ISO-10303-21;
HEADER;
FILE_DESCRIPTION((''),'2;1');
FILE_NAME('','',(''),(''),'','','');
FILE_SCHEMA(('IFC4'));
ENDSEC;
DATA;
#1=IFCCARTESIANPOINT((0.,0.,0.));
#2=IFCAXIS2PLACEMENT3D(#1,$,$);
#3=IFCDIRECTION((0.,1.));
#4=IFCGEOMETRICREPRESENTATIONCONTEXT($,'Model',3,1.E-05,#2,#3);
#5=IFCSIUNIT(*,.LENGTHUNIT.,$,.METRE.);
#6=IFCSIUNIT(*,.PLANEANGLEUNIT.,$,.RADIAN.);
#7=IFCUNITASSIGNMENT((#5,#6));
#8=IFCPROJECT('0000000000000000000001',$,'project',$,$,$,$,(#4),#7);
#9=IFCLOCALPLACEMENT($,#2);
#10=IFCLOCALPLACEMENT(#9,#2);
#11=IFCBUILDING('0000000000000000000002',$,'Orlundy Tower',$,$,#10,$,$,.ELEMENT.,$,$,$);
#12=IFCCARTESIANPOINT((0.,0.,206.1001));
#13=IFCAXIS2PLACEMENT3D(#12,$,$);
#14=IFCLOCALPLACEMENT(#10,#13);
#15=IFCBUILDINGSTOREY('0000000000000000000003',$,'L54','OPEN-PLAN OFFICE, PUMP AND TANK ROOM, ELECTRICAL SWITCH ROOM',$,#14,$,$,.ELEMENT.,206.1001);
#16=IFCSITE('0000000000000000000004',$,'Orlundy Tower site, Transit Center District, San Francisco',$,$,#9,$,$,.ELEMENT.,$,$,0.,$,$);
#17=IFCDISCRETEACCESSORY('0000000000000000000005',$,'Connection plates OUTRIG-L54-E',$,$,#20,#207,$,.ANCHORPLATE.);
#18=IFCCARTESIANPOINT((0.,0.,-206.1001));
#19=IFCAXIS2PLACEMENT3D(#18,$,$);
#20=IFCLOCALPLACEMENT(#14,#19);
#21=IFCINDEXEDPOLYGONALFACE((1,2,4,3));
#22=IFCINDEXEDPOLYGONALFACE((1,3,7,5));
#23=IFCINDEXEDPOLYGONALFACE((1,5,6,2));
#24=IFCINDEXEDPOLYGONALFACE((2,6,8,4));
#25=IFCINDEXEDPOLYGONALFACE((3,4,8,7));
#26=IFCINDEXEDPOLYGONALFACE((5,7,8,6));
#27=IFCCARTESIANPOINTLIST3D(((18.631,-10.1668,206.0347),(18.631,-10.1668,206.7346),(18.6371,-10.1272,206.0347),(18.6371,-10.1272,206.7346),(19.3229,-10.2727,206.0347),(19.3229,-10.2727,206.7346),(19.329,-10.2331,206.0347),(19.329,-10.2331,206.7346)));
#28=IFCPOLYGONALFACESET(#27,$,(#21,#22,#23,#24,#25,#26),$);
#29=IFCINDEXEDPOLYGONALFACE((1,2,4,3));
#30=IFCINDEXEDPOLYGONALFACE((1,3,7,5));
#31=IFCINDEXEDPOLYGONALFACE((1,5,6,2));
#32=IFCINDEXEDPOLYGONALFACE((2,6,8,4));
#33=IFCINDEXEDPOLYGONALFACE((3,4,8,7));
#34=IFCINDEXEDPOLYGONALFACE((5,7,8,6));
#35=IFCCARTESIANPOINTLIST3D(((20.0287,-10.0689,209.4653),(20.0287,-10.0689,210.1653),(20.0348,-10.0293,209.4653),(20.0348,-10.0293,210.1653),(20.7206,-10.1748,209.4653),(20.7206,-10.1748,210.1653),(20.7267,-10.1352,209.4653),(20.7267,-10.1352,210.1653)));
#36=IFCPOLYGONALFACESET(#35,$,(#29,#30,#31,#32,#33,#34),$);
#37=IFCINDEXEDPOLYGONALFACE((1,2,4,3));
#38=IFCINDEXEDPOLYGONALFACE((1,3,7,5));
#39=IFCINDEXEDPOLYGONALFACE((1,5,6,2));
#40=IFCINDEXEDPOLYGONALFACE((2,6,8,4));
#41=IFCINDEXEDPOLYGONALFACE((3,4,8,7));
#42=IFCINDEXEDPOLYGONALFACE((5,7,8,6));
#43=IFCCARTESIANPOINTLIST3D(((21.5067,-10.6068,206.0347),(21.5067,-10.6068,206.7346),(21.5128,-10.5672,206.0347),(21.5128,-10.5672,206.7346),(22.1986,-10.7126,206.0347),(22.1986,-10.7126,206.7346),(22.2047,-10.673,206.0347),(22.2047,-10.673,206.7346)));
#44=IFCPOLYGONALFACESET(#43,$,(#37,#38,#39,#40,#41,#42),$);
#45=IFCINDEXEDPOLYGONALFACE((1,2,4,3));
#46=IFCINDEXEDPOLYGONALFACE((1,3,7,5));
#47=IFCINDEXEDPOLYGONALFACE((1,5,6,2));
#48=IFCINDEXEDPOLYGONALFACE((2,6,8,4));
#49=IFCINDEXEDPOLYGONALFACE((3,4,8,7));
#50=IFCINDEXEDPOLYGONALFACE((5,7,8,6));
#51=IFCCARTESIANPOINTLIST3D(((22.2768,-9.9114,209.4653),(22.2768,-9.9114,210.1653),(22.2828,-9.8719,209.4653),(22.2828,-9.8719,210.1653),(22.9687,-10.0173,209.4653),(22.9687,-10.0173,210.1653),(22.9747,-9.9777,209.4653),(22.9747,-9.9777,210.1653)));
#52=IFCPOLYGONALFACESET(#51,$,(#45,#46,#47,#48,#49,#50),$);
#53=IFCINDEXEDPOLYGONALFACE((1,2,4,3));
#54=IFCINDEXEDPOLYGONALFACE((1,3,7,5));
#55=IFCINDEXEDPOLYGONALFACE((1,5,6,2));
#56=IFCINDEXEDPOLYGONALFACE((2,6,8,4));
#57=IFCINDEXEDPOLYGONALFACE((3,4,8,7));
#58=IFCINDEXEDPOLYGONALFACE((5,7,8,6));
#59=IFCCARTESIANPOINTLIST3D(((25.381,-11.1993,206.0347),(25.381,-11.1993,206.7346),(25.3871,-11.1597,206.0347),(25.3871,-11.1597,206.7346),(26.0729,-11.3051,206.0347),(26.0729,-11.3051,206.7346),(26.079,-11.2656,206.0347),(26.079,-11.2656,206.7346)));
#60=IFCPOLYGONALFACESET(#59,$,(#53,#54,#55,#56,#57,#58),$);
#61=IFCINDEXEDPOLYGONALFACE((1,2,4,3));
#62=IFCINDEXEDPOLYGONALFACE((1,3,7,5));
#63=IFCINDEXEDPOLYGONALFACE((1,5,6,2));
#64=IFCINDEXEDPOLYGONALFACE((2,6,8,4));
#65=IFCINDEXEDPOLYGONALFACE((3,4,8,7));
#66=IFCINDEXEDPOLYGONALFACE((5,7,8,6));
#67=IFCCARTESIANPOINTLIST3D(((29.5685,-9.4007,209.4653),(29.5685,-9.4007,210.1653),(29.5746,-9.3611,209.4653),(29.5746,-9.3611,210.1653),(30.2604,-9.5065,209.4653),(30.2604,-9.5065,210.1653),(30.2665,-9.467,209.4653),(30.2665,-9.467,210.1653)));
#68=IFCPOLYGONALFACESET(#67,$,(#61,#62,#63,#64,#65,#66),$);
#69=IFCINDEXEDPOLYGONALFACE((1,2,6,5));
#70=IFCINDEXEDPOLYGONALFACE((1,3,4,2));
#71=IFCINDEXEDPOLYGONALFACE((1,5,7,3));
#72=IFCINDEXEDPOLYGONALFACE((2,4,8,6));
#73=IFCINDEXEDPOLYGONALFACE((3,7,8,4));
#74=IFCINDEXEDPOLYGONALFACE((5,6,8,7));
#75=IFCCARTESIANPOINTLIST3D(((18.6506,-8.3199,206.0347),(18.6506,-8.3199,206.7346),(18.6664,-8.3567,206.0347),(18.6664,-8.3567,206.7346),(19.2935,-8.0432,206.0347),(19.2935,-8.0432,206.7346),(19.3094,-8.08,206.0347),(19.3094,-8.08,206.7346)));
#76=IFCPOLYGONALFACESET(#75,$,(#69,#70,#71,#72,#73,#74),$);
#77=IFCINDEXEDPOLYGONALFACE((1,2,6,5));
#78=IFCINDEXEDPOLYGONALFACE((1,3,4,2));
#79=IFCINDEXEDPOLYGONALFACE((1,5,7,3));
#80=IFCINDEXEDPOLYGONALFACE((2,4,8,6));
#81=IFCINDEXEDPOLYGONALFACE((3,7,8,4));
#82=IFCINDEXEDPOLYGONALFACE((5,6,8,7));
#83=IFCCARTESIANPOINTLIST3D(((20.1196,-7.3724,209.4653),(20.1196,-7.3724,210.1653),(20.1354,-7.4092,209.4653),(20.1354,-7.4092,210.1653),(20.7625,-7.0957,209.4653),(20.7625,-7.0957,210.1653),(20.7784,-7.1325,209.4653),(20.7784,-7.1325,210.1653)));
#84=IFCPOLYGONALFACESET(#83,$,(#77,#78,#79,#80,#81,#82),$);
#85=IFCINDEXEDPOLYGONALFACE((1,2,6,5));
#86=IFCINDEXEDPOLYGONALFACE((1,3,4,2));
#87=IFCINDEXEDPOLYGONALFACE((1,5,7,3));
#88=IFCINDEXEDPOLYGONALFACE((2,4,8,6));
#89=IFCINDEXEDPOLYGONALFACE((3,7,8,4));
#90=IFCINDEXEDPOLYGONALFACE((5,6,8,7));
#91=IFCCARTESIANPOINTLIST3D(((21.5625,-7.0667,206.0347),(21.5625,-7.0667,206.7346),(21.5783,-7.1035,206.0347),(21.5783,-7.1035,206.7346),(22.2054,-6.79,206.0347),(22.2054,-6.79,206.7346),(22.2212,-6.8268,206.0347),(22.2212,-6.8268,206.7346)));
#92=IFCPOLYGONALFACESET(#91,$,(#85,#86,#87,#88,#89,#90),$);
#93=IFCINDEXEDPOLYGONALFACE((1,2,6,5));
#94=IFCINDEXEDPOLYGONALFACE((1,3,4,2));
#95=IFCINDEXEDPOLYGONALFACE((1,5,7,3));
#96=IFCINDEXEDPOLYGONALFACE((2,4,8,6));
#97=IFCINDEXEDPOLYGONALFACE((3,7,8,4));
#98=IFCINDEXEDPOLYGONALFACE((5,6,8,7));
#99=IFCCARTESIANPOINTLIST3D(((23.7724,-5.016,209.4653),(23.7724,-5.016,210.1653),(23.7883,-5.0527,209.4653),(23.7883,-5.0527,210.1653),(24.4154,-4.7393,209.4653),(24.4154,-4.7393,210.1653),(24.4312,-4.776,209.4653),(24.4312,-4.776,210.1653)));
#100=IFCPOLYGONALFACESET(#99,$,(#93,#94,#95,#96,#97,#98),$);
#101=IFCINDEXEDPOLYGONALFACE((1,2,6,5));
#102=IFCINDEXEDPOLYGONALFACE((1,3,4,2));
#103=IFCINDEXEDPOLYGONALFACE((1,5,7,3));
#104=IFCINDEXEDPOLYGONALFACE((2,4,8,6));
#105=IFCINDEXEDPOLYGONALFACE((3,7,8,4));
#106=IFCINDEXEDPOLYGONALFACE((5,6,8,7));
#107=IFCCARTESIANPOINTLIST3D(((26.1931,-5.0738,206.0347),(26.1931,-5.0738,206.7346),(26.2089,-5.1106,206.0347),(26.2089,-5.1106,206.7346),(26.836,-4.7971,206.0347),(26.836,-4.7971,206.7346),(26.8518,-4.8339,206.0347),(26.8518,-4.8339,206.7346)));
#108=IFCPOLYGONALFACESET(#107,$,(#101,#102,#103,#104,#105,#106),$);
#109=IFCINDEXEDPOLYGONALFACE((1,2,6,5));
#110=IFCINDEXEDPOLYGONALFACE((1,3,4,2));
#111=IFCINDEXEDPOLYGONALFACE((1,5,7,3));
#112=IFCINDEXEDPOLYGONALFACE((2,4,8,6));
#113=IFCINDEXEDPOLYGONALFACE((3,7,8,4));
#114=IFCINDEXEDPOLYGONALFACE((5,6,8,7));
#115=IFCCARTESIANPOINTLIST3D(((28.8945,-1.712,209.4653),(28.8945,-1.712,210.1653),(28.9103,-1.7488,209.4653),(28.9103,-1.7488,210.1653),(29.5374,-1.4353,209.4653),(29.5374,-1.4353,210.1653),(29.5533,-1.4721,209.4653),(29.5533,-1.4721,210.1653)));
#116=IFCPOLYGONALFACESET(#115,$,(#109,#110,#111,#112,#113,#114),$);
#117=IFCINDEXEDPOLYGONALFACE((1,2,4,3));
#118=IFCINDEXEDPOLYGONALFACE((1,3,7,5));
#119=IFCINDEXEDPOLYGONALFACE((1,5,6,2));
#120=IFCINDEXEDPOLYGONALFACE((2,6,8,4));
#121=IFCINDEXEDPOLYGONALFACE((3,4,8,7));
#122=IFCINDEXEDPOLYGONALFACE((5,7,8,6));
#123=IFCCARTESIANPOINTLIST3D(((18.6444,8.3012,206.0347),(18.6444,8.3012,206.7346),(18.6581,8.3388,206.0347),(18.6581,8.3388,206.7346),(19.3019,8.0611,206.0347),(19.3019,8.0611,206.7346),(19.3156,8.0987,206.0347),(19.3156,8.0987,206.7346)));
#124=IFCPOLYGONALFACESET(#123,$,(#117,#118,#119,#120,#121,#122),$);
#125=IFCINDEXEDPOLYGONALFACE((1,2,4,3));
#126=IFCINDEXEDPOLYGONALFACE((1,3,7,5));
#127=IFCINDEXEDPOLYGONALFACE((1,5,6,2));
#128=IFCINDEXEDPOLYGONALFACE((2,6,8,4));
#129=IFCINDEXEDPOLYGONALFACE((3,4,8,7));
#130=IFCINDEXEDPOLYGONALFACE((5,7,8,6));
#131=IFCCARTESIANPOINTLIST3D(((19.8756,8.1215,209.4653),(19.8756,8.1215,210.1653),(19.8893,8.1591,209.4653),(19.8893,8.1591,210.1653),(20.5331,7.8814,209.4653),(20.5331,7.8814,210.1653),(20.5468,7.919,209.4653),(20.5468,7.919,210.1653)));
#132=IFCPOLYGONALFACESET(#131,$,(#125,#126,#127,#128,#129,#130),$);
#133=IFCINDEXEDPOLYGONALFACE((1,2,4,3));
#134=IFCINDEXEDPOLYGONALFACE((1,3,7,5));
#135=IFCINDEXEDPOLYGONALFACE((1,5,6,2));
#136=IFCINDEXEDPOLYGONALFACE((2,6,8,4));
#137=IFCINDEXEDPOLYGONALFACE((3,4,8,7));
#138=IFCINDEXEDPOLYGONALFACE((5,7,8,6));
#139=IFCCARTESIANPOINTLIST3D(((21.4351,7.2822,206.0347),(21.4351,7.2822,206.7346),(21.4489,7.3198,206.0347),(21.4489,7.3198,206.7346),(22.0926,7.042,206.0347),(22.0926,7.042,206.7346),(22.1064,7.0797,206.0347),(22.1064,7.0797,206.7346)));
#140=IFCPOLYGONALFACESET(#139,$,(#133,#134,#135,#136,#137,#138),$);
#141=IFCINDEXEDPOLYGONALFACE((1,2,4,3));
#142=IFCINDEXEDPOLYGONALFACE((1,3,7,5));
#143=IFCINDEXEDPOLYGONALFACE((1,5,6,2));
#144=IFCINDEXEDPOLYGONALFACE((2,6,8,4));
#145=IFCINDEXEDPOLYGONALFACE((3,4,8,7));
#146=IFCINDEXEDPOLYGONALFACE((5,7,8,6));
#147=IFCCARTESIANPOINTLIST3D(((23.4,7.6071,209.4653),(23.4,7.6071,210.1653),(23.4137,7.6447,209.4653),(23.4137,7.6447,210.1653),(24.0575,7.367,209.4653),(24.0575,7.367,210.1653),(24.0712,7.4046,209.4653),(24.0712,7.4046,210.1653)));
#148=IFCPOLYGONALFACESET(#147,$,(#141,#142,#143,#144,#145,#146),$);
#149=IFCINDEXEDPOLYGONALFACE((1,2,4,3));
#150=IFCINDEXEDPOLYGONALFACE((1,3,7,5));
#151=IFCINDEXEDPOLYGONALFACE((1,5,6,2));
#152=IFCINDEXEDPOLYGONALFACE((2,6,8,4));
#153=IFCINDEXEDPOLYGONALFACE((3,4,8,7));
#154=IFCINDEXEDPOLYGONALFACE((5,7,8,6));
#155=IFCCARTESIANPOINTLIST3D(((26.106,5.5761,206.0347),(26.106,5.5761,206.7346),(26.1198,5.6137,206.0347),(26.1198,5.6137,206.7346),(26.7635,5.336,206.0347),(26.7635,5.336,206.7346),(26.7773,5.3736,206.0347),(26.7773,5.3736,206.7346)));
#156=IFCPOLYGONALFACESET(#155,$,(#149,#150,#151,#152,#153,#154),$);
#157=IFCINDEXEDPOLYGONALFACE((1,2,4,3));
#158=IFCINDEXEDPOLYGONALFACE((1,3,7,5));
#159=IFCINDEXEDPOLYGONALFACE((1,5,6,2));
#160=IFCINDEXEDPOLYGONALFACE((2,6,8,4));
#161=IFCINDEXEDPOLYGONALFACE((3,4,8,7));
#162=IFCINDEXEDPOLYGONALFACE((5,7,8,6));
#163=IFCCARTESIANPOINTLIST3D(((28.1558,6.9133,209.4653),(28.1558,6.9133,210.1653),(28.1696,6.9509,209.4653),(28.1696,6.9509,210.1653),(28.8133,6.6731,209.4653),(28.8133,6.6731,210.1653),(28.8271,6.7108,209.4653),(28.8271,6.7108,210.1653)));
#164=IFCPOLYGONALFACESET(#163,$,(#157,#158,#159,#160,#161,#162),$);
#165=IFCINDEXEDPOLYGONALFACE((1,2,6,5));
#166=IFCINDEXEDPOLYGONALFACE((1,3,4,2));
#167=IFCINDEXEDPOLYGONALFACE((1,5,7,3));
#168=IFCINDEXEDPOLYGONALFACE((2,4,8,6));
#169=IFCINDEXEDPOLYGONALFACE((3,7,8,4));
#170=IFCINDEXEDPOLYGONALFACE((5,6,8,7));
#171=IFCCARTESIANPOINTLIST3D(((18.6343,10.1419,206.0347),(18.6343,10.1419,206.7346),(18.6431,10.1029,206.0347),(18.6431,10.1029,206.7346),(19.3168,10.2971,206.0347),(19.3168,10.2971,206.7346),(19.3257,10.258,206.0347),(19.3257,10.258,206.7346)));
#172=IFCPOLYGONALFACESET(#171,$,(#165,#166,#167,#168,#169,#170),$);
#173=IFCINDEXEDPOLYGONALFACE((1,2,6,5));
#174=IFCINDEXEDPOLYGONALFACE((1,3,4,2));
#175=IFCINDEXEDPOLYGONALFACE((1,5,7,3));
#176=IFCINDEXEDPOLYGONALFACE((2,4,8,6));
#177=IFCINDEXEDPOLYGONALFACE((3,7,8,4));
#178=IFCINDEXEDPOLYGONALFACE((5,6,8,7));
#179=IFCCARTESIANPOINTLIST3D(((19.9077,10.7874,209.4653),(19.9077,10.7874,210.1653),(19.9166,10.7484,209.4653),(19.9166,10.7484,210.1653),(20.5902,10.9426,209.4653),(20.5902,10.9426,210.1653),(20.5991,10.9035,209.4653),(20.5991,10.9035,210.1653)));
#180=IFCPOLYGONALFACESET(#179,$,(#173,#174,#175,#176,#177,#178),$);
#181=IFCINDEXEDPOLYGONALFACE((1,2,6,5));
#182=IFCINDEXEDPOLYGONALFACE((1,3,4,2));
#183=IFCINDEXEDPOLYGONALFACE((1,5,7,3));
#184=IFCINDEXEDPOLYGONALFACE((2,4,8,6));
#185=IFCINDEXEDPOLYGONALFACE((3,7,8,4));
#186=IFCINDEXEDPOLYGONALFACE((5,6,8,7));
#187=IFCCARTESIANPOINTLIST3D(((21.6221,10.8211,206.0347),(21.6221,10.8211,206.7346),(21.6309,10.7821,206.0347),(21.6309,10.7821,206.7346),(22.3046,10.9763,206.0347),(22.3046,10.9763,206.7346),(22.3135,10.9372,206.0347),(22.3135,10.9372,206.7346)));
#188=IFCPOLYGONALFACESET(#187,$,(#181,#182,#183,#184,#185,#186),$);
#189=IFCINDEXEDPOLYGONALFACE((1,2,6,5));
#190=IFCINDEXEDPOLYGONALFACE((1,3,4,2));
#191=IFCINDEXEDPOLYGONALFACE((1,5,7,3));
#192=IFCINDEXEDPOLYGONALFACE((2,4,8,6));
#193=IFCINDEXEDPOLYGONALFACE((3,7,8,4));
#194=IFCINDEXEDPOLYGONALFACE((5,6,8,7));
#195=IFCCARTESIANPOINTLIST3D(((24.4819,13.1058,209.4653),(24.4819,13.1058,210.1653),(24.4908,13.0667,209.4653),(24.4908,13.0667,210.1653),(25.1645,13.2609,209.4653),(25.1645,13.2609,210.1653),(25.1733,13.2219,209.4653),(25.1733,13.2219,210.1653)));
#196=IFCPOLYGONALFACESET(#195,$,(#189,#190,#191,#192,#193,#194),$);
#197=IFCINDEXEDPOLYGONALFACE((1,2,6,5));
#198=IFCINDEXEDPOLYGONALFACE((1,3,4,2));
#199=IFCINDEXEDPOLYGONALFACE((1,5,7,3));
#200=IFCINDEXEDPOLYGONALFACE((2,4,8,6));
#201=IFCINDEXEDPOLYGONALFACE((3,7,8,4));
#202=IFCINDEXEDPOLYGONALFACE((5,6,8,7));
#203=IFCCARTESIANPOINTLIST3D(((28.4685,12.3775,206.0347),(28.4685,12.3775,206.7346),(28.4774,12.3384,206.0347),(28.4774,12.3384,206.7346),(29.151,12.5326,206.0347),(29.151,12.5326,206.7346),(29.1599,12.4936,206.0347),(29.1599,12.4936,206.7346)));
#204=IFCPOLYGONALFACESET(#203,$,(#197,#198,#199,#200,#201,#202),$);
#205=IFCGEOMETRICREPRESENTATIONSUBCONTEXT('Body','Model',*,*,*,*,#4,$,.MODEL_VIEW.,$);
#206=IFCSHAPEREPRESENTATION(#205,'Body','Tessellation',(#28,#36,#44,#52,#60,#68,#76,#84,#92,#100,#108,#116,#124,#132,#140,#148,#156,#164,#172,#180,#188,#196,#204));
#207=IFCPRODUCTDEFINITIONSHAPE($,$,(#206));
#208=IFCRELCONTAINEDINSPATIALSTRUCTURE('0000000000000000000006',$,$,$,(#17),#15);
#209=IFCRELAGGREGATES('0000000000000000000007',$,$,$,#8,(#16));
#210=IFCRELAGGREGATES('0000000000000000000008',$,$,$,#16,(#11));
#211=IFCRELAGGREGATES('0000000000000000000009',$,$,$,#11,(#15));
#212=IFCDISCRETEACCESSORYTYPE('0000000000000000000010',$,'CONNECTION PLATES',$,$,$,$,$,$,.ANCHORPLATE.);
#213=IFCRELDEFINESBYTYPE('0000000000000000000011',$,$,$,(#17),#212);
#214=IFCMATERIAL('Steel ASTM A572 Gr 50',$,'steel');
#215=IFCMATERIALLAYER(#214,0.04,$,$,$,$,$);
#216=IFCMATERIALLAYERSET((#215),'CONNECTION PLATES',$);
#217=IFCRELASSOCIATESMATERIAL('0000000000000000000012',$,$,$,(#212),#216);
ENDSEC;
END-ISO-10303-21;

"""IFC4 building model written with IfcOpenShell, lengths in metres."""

from ifc_helpers import new_model, si_unit, direction, frame, origin, origin_2d, place, context, subcontext, project, spatial, rectangle, extrude, material, layer, layer_set, type_object, element, save


model = new_model("IFC4")

# Units and contexts
model_context = context("Model", 3, precision=1e-05, world=origin(), true_north=direction((0.0, 1.0)))
body_context = subcontext(model_context, "Body", "Model", "MODEL_VIEW")
ifc_project = project(units=[si_unit("LENGTHUNIT", "METRE"), si_unit("PLANEANGLEUNIT", "RADIAN")], contexts=[model_context])

# Site, building, storey
site_placement = place(None, origin())
site = spatial("IfcSite", under=ifc_project, at=site_placement, Name="Orlundy Tower site, Transit Center District, San Francisco", CompositionType="ELEMENT", RefElevation=0.0)
building_placement = place(site_placement, origin())
building = spatial("IfcBuilding", under=site, at=building_placement, Name="Orlundy Tower", CompositionType="ELEMENT")
storey_placement = place(building_placement, frame((0.0, 0.0, 206.1001)))
storey = spatial("IfcBuildingStorey", under=building, at=storey_placement, Name="L54", Description="OPEN-PLAN OFFICE, PUMP AND TANK ROOM, ELECTRICAL SWITCH ROOM", CompositionType="ELEMENT", Elevation=206.1001)

# Discrete accessory
ifc_material_1 = material(Name="Steel ASTM A572 Gr 50", Category="steel")
ifc_layer_1 = layer(ifc_material_1, 0.04)
ifc_layer_set_1 = layer_set([ifc_layer_1], Name="CONNECTION PLATES")
discrete_accessory_type = type_object("IfcDiscreteAccessoryType", Name="CONNECTION PLATES", PredefinedType="ANCHORPLATE", material=ifc_layer_set_1)
discrete_accessory_1_placement = place(storey_placement, frame((0.0, 0.0, -206.1001)))
element("IfcDiscreteAccessory", 1, at=discrete_accessory_1_placement, inside=storey, type_object=discrete_accessory_type, Name="Connection plates OUTRIG-L54-E", PredefinedType="ANCHORPLATE", context=body_context, shape_type="SweptSolid", body=[
    extrude(rectangle(XDim=0.7, YDim=0.04, at=origin_2d()), frame((18.98, -10.2, 206.0347), z_axis=(0.0, 0.0, 1.0), x_axis=(0.988502, -0.151209, 0.0)), (0.0, 0.0, 1.0), 0.7),
    extrude(rectangle(XDim=0.7, YDim=0.04, at=origin_2d()), frame((20.3777, -10.1021, 209.4653), z_axis=(0.0, 0.0, 1.0), x_axis=(0.988502, -0.151209, 0.0)), (0.0, 0.0, 1.0), 0.7),
    extrude(rectangle(XDim=0.7, YDim=0.04, at=origin_2d()), frame((21.8557, -10.6399, 206.0347), z_axis=(0.0, 0.0, 1.0), x_axis=(0.988502, -0.151209, 0.0)), (0.0, 0.0, 1.0), 0.7),
    extrude(rectangle(XDim=0.7, YDim=0.04, at=origin_2d()), frame((22.6257, -9.9446, 209.4653), z_axis=(0.0, 0.0, 1.0), x_axis=(0.988502, -0.151209, 0.0)), (0.0, 0.0, 1.0), 0.7),
    extrude(rectangle(XDim=0.7, YDim=0.04, at=origin_2d()), frame((25.73, -11.2324, 206.0347), z_axis=(0.0, 0.0, 1.0), x_axis=(0.988502, -0.151209, 0.0)), (0.0, 0.0, 1.0), 0.7),
    extrude(rectangle(XDim=0.7, YDim=0.04, at=origin_2d()), frame((29.9175, -9.4338, 209.4653), z_axis=(0.0, 0.0, 1.0), x_axis=(0.988502, -0.151209, 0.0)), (0.0, 0.0, 1.0), 0.7),
    extrude(rectangle(XDim=0.7, YDim=0.04, at=origin_2d()), frame((18.98, -8.2, 206.0347), z_axis=(0.0, 0.0, 1.0), x_axis=(0.918543, 0.395321, 0.0)), (0.0, 0.0, 1.0), 0.7),
    extrude(rectangle(XDim=0.7, YDim=0.04, at=origin_2d()), frame((20.449, -7.2524, 209.4653), z_axis=(0.0, 0.0, 1.0), x_axis=(0.918543, 0.395321, 0.0)), (0.0, 0.0, 1.0), 0.7),
    extrude(rectangle(XDim=0.7, YDim=0.04, at=origin_2d()), frame((21.8918, -6.9468, 206.0347), z_axis=(0.0, 0.0, 1.0), x_axis=(0.918543, 0.395321, 0.0)), (0.0, 0.0, 1.0), 0.7),
    extrude(rectangle(XDim=0.7, YDim=0.04, at=origin_2d()), frame((24.1018, -4.896, 209.4653), z_axis=(0.0, 0.0, 1.0), x_axis=(0.918543, 0.395321, 0.0)), (0.0, 0.0, 1.0), 0.7),
    extrude(rectangle(XDim=0.7, YDim=0.04, at=origin_2d()), frame((26.5225, -4.9539, 206.0347), z_axis=(0.0, 0.0, 1.0), x_axis=(0.918543, 0.395321, 0.0)), (0.0, 0.0, 1.0), 0.7),
    extrude(rectangle(XDim=0.7, YDim=0.04, at=origin_2d()), frame((29.2239, -1.592, 209.4653), z_axis=(0.0, 0.0, 1.0), x_axis=(0.918543, 0.395321, 0.0)), (0.0, 0.0, 1.0), 0.7),
    extrude(rectangle(XDim=0.7, YDim=0.04, at=origin_2d()), frame((18.98, 8.2, 206.0347), z_axis=(0.0, 0.0, 1.0), x_axis=(0.939316, -0.343053, 0.0)), (0.0, 0.0, 1.0), 0.7),
    extrude(rectangle(XDim=0.7, YDim=0.04, at=origin_2d()), frame((20.2112, 8.0203, 209.4653), z_axis=(0.0, 0.0, 1.0), x_axis=(0.939316, -0.343053, 0.0)), (0.0, 0.0, 1.0), 0.7),
    extrude(rectangle(XDim=0.7, YDim=0.04, at=origin_2d()), frame((21.7708, 7.1809, 206.0347), z_axis=(0.0, 0.0, 1.0), x_axis=(0.939316, -0.343053, 0.0)), (0.0, 0.0, 1.0), 0.7),
    extrude(rectangle(XDim=0.7, YDim=0.04, at=origin_2d()), frame((23.7356, 7.5059, 209.4653), z_axis=(0.0, 0.0, 1.0), x_axis=(0.939316, -0.343053, 0.0)), (0.0, 0.0, 1.0), 0.7),
    extrude(rectangle(XDim=0.7, YDim=0.04, at=origin_2d()), frame((26.4417, 5.4749, 206.0347), z_axis=(0.0, 0.0, 1.0), x_axis=(0.939316, -0.343053, 0.0)), (0.0, 0.0, 1.0), 0.7),
    extrude(rectangle(XDim=0.7, YDim=0.04, at=origin_2d()), frame((28.4915, 6.812, 209.4653), z_axis=(0.0, 0.0, 1.0), x_axis=(0.939316, -0.343053, 0.0)), (0.0, 0.0, 1.0), 0.7),
    extrude(rectangle(XDim=0.7, YDim=0.04, at=origin_2d()), frame((18.98, 10.2, 206.0347), z_axis=(0.0, 0.0, 1.0), x_axis=(0.975122, 0.221668, 0.0)), (0.0, 0.0, 1.0), 0.7),
    extrude(rectangle(XDim=0.7, YDim=0.04, at=origin_2d()), frame((20.2534, 10.8455, 209.4653), z_axis=(0.0, 0.0, 1.0), x_axis=(0.975122, 0.221668, 0.0)), (0.0, 0.0, 1.0), 0.7),
    extrude(rectangle(XDim=0.7, YDim=0.04, at=origin_2d()), frame((21.9678, 10.8792, 206.0347), z_axis=(0.0, 0.0, 1.0), x_axis=(0.975122, 0.221668, 0.0)), (0.0, 0.0, 1.0), 0.7),
    extrude(rectangle(XDim=0.7, YDim=0.04, at=origin_2d()), frame((24.8276, 13.1638, 209.4653), z_axis=(0.0, 0.0, 1.0), x_axis=(0.975122, 0.221668, 0.0)), (0.0, 0.0, 1.0), 0.7),
    extrude(rectangle(XDim=0.7, YDim=0.04, at=origin_2d()), frame((28.8142, 12.4355, 206.0347), z_axis=(0.0, 0.0, 1.0), x_axis=(0.975122, 0.221668, 0.0)), (0.0, 0.0, 1.0), 0.7),
])

save(model, "model.ifc")
